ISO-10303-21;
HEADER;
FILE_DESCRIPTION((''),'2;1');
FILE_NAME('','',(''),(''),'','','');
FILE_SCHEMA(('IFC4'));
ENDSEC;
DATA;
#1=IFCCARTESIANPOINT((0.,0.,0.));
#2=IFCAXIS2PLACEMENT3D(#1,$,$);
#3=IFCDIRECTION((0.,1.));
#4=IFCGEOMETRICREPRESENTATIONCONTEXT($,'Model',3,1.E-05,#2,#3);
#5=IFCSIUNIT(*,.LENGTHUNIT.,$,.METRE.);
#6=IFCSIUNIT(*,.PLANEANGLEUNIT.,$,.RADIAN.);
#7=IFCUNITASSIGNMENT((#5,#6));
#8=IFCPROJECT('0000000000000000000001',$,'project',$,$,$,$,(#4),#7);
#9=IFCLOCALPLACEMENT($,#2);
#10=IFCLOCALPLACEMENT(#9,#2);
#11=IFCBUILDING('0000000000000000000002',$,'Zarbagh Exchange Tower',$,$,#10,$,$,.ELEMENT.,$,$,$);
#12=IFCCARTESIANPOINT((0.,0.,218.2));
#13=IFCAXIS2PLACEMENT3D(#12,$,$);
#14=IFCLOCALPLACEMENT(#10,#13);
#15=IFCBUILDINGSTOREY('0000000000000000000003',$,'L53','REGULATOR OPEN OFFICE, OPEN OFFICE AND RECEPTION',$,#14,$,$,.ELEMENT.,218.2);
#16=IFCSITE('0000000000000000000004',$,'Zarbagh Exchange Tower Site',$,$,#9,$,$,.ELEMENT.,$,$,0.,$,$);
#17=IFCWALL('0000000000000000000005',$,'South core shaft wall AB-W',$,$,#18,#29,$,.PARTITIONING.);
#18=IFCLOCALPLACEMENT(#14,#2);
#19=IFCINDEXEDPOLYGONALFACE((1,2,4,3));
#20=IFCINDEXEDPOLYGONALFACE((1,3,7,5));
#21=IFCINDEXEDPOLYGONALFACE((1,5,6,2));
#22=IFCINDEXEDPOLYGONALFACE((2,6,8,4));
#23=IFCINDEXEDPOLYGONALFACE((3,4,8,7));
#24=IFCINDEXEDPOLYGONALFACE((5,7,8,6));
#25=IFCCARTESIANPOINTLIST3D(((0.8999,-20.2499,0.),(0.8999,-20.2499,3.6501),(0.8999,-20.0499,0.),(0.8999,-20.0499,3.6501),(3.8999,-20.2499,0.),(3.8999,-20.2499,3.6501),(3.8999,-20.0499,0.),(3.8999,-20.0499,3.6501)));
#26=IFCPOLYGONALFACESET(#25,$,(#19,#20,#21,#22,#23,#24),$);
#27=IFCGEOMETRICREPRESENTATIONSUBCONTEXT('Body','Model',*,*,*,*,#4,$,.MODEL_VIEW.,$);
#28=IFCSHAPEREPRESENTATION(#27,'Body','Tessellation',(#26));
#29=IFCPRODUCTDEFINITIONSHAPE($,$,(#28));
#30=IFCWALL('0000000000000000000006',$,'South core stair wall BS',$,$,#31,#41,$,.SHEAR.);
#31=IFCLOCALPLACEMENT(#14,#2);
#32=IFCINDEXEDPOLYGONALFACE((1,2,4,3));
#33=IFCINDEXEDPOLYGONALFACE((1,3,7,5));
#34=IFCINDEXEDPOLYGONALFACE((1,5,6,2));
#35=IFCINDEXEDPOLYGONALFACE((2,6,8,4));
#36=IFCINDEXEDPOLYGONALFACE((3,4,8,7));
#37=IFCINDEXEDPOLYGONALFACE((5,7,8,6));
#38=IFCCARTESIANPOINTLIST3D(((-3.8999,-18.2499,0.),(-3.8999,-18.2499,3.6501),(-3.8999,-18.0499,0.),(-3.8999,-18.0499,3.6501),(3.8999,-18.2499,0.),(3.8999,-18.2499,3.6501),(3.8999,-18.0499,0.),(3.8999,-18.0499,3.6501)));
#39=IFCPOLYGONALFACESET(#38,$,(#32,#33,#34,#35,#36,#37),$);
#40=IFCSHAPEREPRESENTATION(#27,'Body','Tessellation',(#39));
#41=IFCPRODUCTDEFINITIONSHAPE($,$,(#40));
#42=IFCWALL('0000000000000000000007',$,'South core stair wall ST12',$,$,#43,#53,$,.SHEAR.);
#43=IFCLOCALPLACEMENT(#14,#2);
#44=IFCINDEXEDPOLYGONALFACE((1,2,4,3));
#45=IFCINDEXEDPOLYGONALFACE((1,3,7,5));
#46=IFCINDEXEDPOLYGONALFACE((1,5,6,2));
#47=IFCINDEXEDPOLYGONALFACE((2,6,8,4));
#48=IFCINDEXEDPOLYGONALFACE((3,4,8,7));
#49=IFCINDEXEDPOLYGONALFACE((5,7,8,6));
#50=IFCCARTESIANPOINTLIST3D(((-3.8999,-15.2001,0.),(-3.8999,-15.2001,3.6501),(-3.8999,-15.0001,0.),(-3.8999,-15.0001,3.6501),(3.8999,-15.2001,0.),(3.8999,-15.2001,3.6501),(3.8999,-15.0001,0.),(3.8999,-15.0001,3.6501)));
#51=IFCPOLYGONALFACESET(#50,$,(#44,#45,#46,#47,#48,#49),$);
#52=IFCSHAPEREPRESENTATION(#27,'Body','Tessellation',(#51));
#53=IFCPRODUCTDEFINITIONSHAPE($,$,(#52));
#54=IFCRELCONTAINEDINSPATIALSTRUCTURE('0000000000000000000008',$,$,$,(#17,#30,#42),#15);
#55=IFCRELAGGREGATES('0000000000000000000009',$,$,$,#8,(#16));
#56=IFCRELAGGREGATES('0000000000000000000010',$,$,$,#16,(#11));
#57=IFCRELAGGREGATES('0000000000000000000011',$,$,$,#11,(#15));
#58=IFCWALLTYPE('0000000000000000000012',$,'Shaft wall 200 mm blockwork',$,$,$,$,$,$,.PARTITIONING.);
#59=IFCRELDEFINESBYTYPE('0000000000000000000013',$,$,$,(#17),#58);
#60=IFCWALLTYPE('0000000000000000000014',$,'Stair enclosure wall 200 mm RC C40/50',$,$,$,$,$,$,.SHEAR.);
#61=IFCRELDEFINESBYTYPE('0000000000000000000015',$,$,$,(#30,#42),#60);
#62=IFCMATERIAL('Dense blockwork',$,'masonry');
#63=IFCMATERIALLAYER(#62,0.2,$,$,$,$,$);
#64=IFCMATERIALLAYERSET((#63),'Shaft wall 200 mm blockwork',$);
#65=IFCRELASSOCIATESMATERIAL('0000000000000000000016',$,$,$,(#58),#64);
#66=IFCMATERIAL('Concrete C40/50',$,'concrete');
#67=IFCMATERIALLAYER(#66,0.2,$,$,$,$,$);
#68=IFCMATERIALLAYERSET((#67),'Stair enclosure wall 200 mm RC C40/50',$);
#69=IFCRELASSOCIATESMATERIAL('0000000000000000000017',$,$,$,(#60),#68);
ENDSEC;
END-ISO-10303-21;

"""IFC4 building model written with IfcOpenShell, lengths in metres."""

from ifc_helpers import new_model, si_unit, direction, frame, frame_2d, origin, place, context, subcontext, project, spatial, rectangle, extrude, material, layer, layer_set, type_object, element, save


model = new_model("IFC4")

# Units and contexts
model_context = context("Model", 3, precision=1e-05, world=origin(), true_north=direction((0.0, 1.0)))
body_context = subcontext(model_context, "Body", "Model", "MODEL_VIEW")
ifc_project = project(units=[si_unit("LENGTHUNIT", "METRE"), si_unit("PLANEANGLEUNIT", "RADIAN")], contexts=[model_context])

# Site, building, storey
site_placement = place(None, origin())
site = spatial("IfcSite", under=ifc_project, at=site_placement, Name="Zarbagh Exchange Tower Site", CompositionType="ELEMENT", RefElevation=0.0)
building_placement = place(site_placement, origin())
building = spatial("IfcBuilding", under=site, at=building_placement, Name="Zarbagh Exchange Tower", CompositionType="ELEMENT")
storey_placement = place(building_placement, frame((0.0, 0.0, 218.2)))
storey = spatial("IfcBuildingStorey", under=building, at=storey_placement, Name="L53", Description="REGULATOR OPEN OFFICE, OPEN OFFICE AND RECEPTION", CompositionType="ELEMENT", Elevation=218.2)

# Walls
ifc_material_1 = material(Name="Dense blockwork", Category="masonry")
ifc_layer_1 = layer(ifc_material_1, 0.2)
ifc_layer_set_1 = layer_set([ifc_layer_1], Name="Shaft wall 200 mm blockwork")
wall_type_1 = type_object("IfcWallType", Name="Shaft wall 200 mm blockwork", PredefinedType="PARTITIONING", material=ifc_layer_set_1)
wall_1_placement = place(storey_placement, frame((3.8999, -20.1499, 0.0), z_axis=(0.0, 0.0, 1.0), x_axis=(-1.0, 0.0, 0.0)))
element("IfcWall", 1, at=wall_1_placement, inside=storey, type_object=wall_type_1, Name="South core shaft wall AB-W", PredefinedType="PARTITIONING", context=body_context, shape_type="SweptSolid", body=[
    extrude(rectangle(XDim=3.0, YDim=0.2, at=frame_2d((1.5, 0.0))), origin(), (0.0, 0.0, 1.0), 3.6501),
])
ifc_material_2 = material(Name="Concrete C40/50", Category="concrete")
ifc_layer_2 = layer(ifc_material_2, 0.2)
ifc_layer_set_2 = layer_set([ifc_layer_2], Name="Stair enclosure wall 200 mm RC C40/50")
wall_type_2 = type_object("IfcWallType", Name="Stair enclosure wall 200 mm RC C40/50", PredefinedType="SHEAR", material=ifc_layer_set_2)
for number, where, z_axis, x_axis, name in (
    (2, (3.8999, -18.1499, 0.0), (0.0, 0.0, 1.0), (-1.0, 0.0, 0.0), "South core stair wall BS"),
    (3, (3.8999, -15.1001, 0.0), (0.0, 0.0, 1.0), (-1.0, 0.0, 0.0), "South core stair wall ST12"),
):
    element("IfcWall", number, at=place(storey_placement, frame(where, z_axis=z_axis, x_axis=x_axis)), inside=storey, type_object=wall_type_2, Name=name, PredefinedType="SHEAR", context=body_context, shape_type="SweptSolid", body=[
        extrude(rectangle(XDim=7.7998, YDim=0.2, at=frame_2d((3.8999, 0.0))), origin(), (0.0, 0.0, 1.0), 3.6501),
    ])

save(model, "model.ifc")
